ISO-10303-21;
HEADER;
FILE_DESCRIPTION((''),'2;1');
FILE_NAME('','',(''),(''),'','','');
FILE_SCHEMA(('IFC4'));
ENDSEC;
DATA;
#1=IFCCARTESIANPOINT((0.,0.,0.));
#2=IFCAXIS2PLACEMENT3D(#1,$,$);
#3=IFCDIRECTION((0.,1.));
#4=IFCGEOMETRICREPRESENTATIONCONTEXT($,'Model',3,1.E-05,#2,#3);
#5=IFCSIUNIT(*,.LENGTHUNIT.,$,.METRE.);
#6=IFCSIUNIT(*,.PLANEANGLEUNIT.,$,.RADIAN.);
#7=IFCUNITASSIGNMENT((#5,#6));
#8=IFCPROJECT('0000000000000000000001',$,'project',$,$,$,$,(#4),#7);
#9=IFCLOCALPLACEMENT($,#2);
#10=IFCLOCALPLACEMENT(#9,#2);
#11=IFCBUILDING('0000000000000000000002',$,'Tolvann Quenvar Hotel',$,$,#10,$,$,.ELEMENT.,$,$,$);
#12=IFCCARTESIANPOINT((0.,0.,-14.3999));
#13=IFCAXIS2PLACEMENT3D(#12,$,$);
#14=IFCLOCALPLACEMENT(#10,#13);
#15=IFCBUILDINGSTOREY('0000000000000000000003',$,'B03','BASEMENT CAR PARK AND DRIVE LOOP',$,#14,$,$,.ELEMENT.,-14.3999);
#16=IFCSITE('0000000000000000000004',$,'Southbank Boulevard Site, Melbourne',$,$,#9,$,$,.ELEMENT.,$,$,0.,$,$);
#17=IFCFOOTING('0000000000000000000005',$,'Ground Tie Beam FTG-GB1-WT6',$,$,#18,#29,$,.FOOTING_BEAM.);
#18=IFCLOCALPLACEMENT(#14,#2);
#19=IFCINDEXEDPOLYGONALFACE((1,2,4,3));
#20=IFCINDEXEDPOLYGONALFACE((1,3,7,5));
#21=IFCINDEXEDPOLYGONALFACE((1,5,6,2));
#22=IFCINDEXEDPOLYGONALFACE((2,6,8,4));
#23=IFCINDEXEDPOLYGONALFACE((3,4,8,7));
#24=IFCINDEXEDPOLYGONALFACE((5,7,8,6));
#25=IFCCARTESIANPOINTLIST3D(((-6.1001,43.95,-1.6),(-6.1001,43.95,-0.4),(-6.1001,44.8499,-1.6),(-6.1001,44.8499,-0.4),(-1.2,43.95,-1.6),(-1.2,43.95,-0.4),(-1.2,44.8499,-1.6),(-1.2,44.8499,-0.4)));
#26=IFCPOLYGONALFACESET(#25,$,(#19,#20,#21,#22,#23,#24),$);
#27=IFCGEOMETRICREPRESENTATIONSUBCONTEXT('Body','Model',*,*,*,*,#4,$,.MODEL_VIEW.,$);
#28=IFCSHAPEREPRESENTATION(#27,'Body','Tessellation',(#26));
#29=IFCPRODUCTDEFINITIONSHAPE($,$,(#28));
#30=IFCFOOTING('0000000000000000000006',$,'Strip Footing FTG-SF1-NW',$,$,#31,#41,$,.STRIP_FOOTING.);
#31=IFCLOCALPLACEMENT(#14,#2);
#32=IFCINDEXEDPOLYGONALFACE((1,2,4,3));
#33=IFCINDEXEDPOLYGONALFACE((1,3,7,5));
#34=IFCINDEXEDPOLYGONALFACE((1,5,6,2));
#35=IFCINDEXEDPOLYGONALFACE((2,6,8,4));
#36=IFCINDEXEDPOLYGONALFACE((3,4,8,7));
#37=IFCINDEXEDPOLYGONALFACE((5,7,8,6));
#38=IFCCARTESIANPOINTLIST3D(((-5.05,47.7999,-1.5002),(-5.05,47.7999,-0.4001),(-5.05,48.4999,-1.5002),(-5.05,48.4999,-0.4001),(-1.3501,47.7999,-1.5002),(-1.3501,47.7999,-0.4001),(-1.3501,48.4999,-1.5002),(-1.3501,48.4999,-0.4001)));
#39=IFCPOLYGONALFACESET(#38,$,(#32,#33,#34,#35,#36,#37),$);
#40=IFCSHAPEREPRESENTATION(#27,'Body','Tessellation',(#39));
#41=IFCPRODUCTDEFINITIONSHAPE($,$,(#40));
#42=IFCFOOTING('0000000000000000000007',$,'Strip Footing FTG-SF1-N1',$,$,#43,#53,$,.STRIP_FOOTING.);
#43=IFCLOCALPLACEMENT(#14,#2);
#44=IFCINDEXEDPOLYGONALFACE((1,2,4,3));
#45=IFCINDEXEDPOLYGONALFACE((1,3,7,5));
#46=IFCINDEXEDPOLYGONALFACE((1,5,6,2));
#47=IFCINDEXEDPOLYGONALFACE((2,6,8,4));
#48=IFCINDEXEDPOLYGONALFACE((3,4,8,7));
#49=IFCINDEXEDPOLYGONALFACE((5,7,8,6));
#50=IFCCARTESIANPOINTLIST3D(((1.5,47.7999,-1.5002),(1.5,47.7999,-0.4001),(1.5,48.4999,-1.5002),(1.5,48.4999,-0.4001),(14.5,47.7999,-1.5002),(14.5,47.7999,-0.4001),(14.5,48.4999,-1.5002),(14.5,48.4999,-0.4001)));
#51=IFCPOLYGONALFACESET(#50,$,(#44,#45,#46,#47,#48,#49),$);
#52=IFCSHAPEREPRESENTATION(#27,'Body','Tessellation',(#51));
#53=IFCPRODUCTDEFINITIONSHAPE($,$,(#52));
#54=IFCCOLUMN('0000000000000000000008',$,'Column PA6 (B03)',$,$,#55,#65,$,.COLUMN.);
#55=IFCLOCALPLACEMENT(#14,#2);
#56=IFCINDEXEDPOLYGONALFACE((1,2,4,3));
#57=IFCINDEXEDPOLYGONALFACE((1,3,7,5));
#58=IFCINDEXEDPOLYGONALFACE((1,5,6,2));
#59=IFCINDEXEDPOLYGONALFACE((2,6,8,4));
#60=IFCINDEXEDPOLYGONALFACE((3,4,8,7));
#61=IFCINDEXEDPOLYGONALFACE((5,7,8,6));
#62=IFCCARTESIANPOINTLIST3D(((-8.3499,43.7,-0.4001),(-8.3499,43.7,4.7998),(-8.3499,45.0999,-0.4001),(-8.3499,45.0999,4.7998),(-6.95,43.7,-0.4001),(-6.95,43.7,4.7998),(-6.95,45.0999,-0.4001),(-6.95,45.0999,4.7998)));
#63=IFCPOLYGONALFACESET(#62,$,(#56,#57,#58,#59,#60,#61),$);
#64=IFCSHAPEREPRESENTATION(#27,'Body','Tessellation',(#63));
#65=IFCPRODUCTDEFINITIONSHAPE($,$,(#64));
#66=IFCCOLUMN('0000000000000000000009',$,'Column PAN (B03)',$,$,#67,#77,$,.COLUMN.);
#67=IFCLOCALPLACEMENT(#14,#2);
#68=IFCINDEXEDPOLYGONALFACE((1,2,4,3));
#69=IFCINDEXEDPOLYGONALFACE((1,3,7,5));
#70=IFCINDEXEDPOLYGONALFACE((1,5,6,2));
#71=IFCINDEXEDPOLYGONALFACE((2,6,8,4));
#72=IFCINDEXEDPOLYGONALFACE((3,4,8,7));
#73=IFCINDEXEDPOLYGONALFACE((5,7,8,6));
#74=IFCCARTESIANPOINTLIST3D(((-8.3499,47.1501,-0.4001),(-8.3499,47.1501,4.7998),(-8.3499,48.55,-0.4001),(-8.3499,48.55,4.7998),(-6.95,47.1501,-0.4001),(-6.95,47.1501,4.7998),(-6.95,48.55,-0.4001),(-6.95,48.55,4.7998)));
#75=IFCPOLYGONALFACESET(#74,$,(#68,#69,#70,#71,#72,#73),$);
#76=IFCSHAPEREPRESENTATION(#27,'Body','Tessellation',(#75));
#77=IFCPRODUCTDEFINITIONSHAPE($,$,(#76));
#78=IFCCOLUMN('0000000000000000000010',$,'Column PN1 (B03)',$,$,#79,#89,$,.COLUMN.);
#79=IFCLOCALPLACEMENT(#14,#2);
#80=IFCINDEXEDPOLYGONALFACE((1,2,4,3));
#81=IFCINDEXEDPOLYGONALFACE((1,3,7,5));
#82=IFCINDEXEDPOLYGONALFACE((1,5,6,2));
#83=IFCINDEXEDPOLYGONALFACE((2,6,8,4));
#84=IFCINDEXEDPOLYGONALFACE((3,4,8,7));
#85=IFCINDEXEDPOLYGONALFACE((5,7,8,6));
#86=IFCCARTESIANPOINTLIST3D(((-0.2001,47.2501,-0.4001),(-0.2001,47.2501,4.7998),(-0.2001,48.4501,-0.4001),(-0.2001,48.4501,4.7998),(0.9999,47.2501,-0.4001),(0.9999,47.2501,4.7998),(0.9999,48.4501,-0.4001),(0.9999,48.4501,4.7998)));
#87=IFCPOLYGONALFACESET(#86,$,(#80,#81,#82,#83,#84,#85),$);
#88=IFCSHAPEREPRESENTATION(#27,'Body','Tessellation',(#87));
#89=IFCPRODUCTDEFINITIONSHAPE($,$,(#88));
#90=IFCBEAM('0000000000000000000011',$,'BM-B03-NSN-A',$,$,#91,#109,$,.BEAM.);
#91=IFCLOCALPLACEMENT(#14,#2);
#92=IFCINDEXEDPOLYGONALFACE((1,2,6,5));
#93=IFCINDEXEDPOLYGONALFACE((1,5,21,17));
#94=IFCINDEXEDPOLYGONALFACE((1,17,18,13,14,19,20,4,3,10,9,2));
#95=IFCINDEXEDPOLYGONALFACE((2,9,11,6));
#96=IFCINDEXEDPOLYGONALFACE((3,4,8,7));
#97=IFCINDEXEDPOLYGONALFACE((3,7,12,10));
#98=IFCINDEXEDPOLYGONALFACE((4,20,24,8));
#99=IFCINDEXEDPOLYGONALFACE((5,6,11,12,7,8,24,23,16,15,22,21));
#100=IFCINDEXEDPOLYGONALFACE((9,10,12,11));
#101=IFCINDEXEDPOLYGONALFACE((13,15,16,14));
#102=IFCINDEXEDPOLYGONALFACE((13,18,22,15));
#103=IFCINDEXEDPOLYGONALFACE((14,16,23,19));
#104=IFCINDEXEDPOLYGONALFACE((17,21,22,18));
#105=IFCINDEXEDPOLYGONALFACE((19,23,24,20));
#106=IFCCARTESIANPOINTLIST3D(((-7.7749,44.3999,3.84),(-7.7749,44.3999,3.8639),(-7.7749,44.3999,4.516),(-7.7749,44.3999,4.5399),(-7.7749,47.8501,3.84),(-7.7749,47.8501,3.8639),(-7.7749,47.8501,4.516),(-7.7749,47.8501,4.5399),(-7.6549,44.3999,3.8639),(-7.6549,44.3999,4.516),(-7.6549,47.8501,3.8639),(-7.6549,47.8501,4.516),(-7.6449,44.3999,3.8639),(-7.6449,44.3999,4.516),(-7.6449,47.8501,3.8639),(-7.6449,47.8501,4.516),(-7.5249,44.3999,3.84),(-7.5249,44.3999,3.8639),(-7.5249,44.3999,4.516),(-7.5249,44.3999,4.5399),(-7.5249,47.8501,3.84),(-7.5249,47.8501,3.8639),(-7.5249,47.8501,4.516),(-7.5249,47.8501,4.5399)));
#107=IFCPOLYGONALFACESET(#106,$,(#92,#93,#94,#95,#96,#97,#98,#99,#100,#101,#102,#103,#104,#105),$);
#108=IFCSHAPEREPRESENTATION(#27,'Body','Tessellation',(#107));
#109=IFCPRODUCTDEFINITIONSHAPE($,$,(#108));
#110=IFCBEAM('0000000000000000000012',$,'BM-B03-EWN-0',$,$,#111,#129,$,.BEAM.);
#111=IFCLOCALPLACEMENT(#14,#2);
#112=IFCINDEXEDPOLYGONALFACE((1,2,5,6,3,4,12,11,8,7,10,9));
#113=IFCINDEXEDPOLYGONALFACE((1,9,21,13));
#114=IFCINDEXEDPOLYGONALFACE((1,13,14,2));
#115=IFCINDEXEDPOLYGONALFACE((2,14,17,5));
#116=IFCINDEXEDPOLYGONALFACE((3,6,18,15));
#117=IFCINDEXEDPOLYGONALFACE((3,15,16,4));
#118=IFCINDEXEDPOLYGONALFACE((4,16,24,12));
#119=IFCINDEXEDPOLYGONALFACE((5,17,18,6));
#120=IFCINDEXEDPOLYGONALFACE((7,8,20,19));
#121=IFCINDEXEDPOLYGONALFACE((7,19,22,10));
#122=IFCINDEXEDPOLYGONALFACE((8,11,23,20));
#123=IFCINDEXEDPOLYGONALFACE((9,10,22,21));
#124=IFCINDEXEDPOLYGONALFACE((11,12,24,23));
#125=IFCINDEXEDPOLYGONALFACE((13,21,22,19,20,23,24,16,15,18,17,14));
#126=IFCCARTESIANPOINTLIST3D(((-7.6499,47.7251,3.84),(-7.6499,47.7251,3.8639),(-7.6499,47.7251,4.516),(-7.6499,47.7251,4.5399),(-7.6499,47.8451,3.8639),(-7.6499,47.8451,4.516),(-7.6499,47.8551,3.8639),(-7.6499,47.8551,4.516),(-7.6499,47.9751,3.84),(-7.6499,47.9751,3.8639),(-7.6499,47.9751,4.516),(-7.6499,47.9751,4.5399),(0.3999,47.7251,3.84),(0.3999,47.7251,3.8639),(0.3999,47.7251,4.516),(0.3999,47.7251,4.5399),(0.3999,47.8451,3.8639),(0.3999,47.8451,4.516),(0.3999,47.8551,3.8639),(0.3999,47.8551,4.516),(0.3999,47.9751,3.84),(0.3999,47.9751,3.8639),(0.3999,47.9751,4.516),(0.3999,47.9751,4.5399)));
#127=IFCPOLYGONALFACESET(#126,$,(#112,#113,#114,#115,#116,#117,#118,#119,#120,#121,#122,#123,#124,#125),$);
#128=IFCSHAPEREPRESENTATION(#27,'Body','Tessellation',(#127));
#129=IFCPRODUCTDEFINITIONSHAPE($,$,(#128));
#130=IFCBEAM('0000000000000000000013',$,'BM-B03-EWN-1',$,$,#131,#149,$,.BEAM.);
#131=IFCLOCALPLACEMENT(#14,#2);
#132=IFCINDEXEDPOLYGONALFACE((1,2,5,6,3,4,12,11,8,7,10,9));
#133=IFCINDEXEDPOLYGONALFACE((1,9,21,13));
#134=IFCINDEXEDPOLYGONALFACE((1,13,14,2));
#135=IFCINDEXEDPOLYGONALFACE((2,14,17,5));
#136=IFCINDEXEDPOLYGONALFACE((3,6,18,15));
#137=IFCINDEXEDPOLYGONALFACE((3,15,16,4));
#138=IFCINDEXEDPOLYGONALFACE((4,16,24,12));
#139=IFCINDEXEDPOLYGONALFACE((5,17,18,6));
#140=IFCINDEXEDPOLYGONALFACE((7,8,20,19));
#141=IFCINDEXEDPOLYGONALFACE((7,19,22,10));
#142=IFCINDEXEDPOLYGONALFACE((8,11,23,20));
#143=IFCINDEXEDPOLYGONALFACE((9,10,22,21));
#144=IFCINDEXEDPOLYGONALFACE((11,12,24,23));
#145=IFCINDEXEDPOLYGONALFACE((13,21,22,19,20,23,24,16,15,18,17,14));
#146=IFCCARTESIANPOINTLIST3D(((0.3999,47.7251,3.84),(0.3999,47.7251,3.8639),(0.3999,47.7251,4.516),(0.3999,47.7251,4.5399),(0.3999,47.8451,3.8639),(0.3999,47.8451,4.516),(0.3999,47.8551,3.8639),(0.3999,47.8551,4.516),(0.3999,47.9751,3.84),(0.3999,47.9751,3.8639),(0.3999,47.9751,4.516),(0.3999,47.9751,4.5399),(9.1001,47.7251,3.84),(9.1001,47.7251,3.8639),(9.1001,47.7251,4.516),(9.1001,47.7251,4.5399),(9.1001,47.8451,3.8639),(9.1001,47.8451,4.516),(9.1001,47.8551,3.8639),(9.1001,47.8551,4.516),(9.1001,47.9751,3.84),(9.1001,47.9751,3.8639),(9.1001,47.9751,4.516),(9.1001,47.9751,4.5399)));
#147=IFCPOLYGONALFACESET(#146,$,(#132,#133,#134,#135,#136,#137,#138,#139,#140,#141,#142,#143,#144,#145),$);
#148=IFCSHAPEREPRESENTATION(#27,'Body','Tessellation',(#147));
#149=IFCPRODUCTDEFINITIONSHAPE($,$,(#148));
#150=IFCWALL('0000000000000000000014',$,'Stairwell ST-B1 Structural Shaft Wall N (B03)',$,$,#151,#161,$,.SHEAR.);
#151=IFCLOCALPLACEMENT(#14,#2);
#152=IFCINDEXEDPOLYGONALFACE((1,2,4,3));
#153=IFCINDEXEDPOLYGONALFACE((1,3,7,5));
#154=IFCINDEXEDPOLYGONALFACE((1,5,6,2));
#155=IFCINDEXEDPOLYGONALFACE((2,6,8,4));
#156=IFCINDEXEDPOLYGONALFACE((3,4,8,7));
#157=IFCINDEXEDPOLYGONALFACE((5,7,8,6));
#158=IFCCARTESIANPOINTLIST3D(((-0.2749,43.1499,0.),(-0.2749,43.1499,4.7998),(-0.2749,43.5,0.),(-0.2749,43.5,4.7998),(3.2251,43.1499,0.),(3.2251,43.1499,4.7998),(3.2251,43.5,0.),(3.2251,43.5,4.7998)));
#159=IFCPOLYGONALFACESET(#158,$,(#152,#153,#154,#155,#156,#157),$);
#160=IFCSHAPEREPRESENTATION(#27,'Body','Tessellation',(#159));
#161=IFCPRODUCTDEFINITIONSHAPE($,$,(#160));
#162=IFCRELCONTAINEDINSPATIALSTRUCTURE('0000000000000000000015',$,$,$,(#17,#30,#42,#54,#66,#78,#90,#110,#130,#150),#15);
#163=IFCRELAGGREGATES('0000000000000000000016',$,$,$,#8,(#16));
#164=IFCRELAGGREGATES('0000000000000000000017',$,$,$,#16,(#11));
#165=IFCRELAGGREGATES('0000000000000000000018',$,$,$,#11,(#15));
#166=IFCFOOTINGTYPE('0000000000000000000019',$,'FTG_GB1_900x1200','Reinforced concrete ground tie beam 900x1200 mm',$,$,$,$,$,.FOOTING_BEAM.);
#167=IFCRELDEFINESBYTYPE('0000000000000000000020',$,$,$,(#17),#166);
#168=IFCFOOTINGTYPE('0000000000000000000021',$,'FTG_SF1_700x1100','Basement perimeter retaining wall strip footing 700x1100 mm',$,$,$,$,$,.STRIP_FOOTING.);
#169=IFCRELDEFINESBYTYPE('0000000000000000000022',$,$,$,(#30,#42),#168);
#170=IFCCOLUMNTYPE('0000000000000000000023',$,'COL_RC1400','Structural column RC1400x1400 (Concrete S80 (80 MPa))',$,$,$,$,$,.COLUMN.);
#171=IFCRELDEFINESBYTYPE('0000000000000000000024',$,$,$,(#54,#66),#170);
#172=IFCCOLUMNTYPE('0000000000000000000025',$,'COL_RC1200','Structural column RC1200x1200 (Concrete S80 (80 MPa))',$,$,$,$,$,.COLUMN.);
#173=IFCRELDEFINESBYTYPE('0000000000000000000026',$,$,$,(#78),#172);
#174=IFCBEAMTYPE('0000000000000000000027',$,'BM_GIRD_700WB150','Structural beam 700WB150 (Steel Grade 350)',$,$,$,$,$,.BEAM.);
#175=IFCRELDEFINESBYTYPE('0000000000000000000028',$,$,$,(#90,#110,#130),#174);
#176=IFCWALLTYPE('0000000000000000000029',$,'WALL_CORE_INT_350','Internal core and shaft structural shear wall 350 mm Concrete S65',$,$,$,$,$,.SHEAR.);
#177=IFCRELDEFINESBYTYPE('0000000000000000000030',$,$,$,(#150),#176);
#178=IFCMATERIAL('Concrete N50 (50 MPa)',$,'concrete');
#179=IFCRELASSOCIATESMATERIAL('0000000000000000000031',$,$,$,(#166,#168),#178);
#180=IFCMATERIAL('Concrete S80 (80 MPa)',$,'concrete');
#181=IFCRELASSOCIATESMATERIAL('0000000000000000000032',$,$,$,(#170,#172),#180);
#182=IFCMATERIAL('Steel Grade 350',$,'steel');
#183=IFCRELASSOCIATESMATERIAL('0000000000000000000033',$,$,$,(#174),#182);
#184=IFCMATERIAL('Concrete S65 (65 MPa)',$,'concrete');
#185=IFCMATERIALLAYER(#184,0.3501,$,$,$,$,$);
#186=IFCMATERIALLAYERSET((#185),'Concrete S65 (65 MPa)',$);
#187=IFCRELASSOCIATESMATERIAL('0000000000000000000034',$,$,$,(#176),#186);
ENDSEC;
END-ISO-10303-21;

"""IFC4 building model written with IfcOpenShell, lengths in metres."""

from ifc_helpers import new_model, si_unit, direction, frame, frame_2d, origin, origin_2d, place, context, subcontext, project, spatial, rectangle, i_section, extrude, source, transform, mapped, material, layer, layer_set, material_profile, profile_set, type_object, type_shapes, element, save


model = new_model("IFC4")

# Units and contexts
model_context = context("Model", 3, precision=1e-05, world=origin(), true_north=direction((0.0, 1.0)))
body_context = subcontext(model_context, "Body", "Model", "MODEL_VIEW")
ifc_project = project(units=[si_unit("LENGTHUNIT", "METRE"), si_unit("PLANEANGLEUNIT", "RADIAN")], contexts=[model_context])

# Site, building, storey
site_placement = place(None, origin())
site = spatial("IfcSite", under=ifc_project, at=site_placement, Name="Southbank Boulevard Site, Melbourne", CompositionType="ELEMENT", RefElevation=0.0)
building_placement = place(site_placement, origin())
building = spatial("IfcBuilding", under=site, at=building_placement, Name="Tolvann Quenvar Hotel", CompositionType="ELEMENT")
storey_placement = place(building_placement, frame((0.0, 0.0, -14.3999)))
storey = spatial("IfcBuildingStorey", under=building, at=storey_placement, Name="B03", Description="BASEMENT CAR PARK AND DRIVE LOOP", CompositionType="ELEMENT", Elevation=-14.3999)

# Shared definitions
ifc_material_1 = material(Name="Concrete N50 (50 MPa)", Category="concrete")
ifc_material_2 = material(Name="Concrete S65 (65 MPa)", Category="concrete")

# Footings
ifc_material_profile_1 = material_profile(ifc_material_1, rectangle(XDim=0.8999, YDim=1.2, at=origin_2d()), Name="RC900x1200")
ifc_profile_set_1 = profile_set([ifc_material_profile_1], Name="Concrete N50 (50 MPa)")
footing_type_1 = type_object("IfcFootingType", Name="FTG_GB1_900x1200", Description="Reinforced concrete ground tie beam 900x1200 mm", PredefinedType="FOOTING_BEAM", material=ifc_profile_set_1)
shared_shape_1 = source(origin(), body_context, "Body", "SweptSolid", [
    extrude(rectangle(XDim=0.8999, YDim=1.2, at=origin_2d()), origin(), (0.0, 0.0, 1.0), 4.9001),
])
footing_1_placement = place(storey_placement, frame((-6.1001, 44.3999, -1.0), z_axis=(1.0, 0.0, 0.0), x_axis=(0.0, 1.0, 0.0)))
element("IfcFooting", 1, at=footing_1_placement, inside=storey, type_object=footing_type_1, Name="Ground Tie Beam FTG-GB1-WT6", PredefinedType="FOOTING_BEAM", context=body_context, shape_type="MappedRepresentation", body=[
    mapped(shared_shape_1, transform((0.0, 0.0, 0.0), x_axis=(1.0, 0.0, 0.0), y_axis=(0.0, 1.0, 0.0), z_axis=(0.0, 0.0, 1.0), scale=1.0)),
])
ifc_material_profile_2 = material_profile(ifc_material_1, rectangle(XDim=0.7, YDim=1.1001, at=origin_2d()), Name="RC700x1100")
ifc_profile_set_2 = profile_set([ifc_material_profile_2], Name="Concrete N50 (50 MPa)")
footing_type_2 = type_object("IfcFootingType", Name="FTG_SF1_700x1100", Description="Basement perimeter retaining wall strip footing 700x1100 mm", PredefinedType="STRIP_FOOTING", material=ifc_profile_set_2)
shared_shape_2 = source(origin(), body_context, "Body", "SweptSolid", [
    extrude(rectangle(XDim=0.7, YDim=1.1001, at=origin_2d()), origin(), (0.0, 0.0, 1.0), 3.7),
])
footing_2_placement = place(storey_placement, frame((-5.05, 48.1499, -0.9502), z_axis=(1.0, 0.0, 0.0), x_axis=(0.0, 1.0, 0.0)))
element("IfcFooting", 2, at=footing_2_placement, inside=storey, type_object=footing_type_2, Name="Strip Footing FTG-SF1-NW", PredefinedType="STRIP_FOOTING", context=body_context, shape_type="MappedRepresentation", body=[
    mapped(shared_shape_2, transform((0.0, 0.0, 0.0), x_axis=(1.0, 0.0, 0.0), y_axis=(0.0, 1.0, 0.0), z_axis=(0.0, 0.0, 1.0), scale=1.0)),
])
shared_shape_3 = source(origin(), body_context, "Body", "SweptSolid", [
    extrude(rectangle(XDim=0.7, YDim=1.1001, at=origin_2d()), origin(), (0.0, 0.0, 1.0), 13.0),
])
type_shapes(footing_type_2, [shared_shape_2, shared_shape_3])
footing_3_placement = place(storey_placement, frame((1.5, 48.1499, -0.9502), z_axis=(1.0, 0.0, 0.0), x_axis=(0.0, 1.0, 0.0)))
element("IfcFooting", 3, at=footing_3_placement, inside=storey, type_object=footing_type_2, Name="Strip Footing FTG-SF1-N1", PredefinedType="STRIP_FOOTING", context=body_context, shape_type="MappedRepresentation", body=[
    mapped(shared_shape_3, transform((0.0, 0.0, 0.0), x_axis=(1.0, 0.0, 0.0), y_axis=(0.0, 1.0, 0.0), z_axis=(0.0, 0.0, 1.0), scale=1.0)),
])

# Columns
ifc_material_3 = material(Name="Concrete S80 (80 MPa)", Category="concrete")
ifc_material_profile_3 = material_profile(ifc_material_3, rectangle(XDim=1.3999, YDim=1.3999, at=origin_2d()), Name="RC1400x1400")
ifc_profile_set_3 = profile_set([ifc_material_profile_3], Name="Concrete S80 (80 MPa)")
column_type_1 = type_object("IfcColumnType", Name="COL_RC1400", Description="Structural column RC1400x1400 (Concrete S80 (80 MPa))", PredefinedType="COLUMN", material=ifc_profile_set_3)
shared_shape_4 = source(origin(), body_context, "Body", "SweptSolid", [
    extrude(rectangle(XDim=1.3999, YDim=1.3999, at=origin_2d()), origin(), (0.0, 0.0, 1.0), 5.2),
])
type_shapes(column_type_1, [shared_shape_4])
for number, where, z_axis, x_axis, name in (
    (4, (-7.6499, 44.3999, -0.4001), (0.0, 0.0, 1.0), (1.0, 0.0, 0.0), "Column PA6 (B03)"),
    (5, (-7.6499, 47.8501, -0.4001), (0.0, 0.0, 1.0), (1.0, 0.0, 0.0), "Column PAN (B03)"),
):
    element("IfcColumn", number, at=place(storey_placement, frame(where, z_axis=z_axis, x_axis=x_axis)), inside=storey, type_object=column_type_1, Name=name, PredefinedType="COLUMN", context=body_context, shape_type="MappedRepresentation", body=[
        mapped(shared_shape_4, transform((0.0, 0.0, 0.0), x_axis=(1.0, 0.0, 0.0), y_axis=(0.0, 1.0, 0.0), z_axis=(0.0, 0.0, 1.0), scale=1.0)),
    ])
ifc_material_profile_4 = material_profile(ifc_material_3, rectangle(XDim=1.2, YDim=1.2, at=origin_2d()), Name="RC1200x1200")
ifc_profile_set_4 = profile_set([ifc_material_profile_4], Name="Concrete S80 (80 MPa)")
column_type_2 = type_object("IfcColumnType", Name="COL_RC1200", Description="Structural column RC1200x1200 (Concrete S80 (80 MPa))", PredefinedType="COLUMN", material=ifc_profile_set_4)
shared_shape_5 = source(origin(), body_context, "Body", "SweptSolid", [
    extrude(rectangle(XDim=1.2, YDim=1.2, at=origin_2d()), origin(), (0.0, 0.0, 1.0), 5.2),
])
type_shapes(column_type_2, [shared_shape_5])
column_placement = place(storey_placement, frame((0.3999, 47.8501, -0.4001), z_axis=(0.0, 0.0, 1.0), x_axis=(1.0, 0.0, 0.0)))
element("IfcColumn", 6, at=column_placement, inside=storey, type_object=column_type_2, Name="Column PN1 (B03)", PredefinedType="COLUMN", context=body_context, shape_type="MappedRepresentation", body=[
    mapped(shared_shape_5, transform((0.0, 0.0, 0.0), x_axis=(1.0, 0.0, 0.0), y_axis=(0.0, 1.0, 0.0), z_axis=(0.0, 0.0, 1.0), scale=1.0)),
])

# Beams
ifc_material_4 = material(Name="Steel Grade 350", Category="steel")
ifc_material_profile_5 = material_profile(ifc_material_4, i_section(OverallWidth=0.25, OverallDepth=0.7, WebThickness=0.01, FlangeThickness=0.0239, at=origin_2d()), Name="700WB150")
ifc_profile_set_5 = profile_set([ifc_material_profile_5], Name="Steel Grade 350")
beam_type = type_object("IfcBeamType", Name="BM_GIRD_700WB150", Description="Structural beam 700WB150 (Steel Grade 350)", PredefinedType="BEAM", material=ifc_profile_set_5)
shared_shape_6 = source(origin(), body_context, "Body", "SweptSolid", [
    extrude(i_section(OverallWidth=0.25, OverallDepth=0.7, WebThickness=0.01, FlangeThickness=0.0239, at=origin_2d()), origin(), (0.0, 0.0, 1.0), 3.4502),
])
beam_1_placement = place(storey_placement, frame((-7.6499, 44.3999, 4.1899), z_axis=(0.0, 1.0, 0.0), x_axis=(-1.0, 0.0, 0.0)))
element("IfcBeam", 7, at=beam_1_placement, inside=storey, type_object=beam_type, Name="BM-B03-NSN-A", PredefinedType="BEAM", context=body_context, shape_type="MappedRepresentation", body=[
    mapped(shared_shape_6, transform((0.0, 0.0, 0.0), x_axis=(1.0, 0.0, 0.0), y_axis=(0.0, 1.0, 0.0), z_axis=(0.0, 0.0, 1.0), scale=1.0)),
])
shared_shape_7 = source(origin(), body_context, "Body", "SweptSolid", [
    extrude(i_section(OverallWidth=0.25, OverallDepth=0.7, WebThickness=0.01, FlangeThickness=0.0239, at=origin_2d()), origin(), (0.0, 0.0, 1.0), 8.0498),
])
beam_2_placement = place(storey_placement, frame((-7.6499, 47.8501, 4.1899), z_axis=(1.0, 0.0, 0.0), x_axis=(0.0, 1.0, 0.0)))
element("IfcBeam", 8, at=beam_2_placement, inside=storey, type_object=beam_type, Name="BM-B03-EWN-0", PredefinedType="BEAM", context=body_context, shape_type="MappedRepresentation", body=[
    mapped(shared_shape_7, transform((0.0, 0.0, 0.0), x_axis=(1.0, 0.0, 0.0), y_axis=(0.0, 1.0, 0.0), z_axis=(0.0, 0.0, 1.0), scale=1.0)),
])
shared_shape_8 = source(origin(), body_context, "Body", "SweptSolid", [
    extrude(i_section(OverallWidth=0.25, OverallDepth=0.7, WebThickness=0.01, FlangeThickness=0.0239, at=origin_2d()), origin(), (0.0, 0.0, 1.0), 8.7002),
])
type_shapes(beam_type, [shared_shape_6, shared_shape_7, shared_shape_8])
beam_3_placement = place(storey_placement, frame((0.3999, 47.8501, 4.1899), z_axis=(1.0, 0.0, 0.0), x_axis=(0.0, 1.0, 0.0)))
element("IfcBeam", 9, at=beam_3_placement, inside=storey, type_object=beam_type, Name="BM-B03-EWN-1", PredefinedType="BEAM", context=body_context, shape_type="MappedRepresentation", body=[
    mapped(shared_shape_8, transform((0.0, 0.0, 0.0), x_axis=(1.0, 0.0, 0.0), y_axis=(0.0, 1.0, 0.0), z_axis=(0.0, 0.0, 1.0), scale=1.0)),
])

# Wall
ifc_layer_1 = layer(ifc_material_2, 0.3501)
ifc_layer_set_1 = layer_set([ifc_layer_1], Name="Concrete S65 (65 MPa)")
wall_type_1 = type_object("IfcWallType", Name="WALL_CORE_INT_350", Description="Internal core and shaft structural shear wall 350 mm Concrete S65", PredefinedType="SHEAR", material=ifc_layer_set_1)
wall_1_placement = place(storey_placement, frame((3.2251, 43.325, 0.0), z_axis=(0.0, 0.0, 1.0), x_axis=(-1.0, 0.0, 0.0)))
element("IfcWall", 10, at=wall_1_placement, inside=storey, type_object=wall_type_1, Name="Stairwell ST-B1 Structural Shaft Wall N (B03)", PredefinedType="SHEAR", context=body_context, shape_type="SweptSolid", body=[
    extrude(rectangle(XDim=3.5, YDim=0.3501, at=frame_2d((1.75, 0.0))), origin(), (0.0, 0.0, 1.0), 4.7998),
])

save(model, "model.ifc")
